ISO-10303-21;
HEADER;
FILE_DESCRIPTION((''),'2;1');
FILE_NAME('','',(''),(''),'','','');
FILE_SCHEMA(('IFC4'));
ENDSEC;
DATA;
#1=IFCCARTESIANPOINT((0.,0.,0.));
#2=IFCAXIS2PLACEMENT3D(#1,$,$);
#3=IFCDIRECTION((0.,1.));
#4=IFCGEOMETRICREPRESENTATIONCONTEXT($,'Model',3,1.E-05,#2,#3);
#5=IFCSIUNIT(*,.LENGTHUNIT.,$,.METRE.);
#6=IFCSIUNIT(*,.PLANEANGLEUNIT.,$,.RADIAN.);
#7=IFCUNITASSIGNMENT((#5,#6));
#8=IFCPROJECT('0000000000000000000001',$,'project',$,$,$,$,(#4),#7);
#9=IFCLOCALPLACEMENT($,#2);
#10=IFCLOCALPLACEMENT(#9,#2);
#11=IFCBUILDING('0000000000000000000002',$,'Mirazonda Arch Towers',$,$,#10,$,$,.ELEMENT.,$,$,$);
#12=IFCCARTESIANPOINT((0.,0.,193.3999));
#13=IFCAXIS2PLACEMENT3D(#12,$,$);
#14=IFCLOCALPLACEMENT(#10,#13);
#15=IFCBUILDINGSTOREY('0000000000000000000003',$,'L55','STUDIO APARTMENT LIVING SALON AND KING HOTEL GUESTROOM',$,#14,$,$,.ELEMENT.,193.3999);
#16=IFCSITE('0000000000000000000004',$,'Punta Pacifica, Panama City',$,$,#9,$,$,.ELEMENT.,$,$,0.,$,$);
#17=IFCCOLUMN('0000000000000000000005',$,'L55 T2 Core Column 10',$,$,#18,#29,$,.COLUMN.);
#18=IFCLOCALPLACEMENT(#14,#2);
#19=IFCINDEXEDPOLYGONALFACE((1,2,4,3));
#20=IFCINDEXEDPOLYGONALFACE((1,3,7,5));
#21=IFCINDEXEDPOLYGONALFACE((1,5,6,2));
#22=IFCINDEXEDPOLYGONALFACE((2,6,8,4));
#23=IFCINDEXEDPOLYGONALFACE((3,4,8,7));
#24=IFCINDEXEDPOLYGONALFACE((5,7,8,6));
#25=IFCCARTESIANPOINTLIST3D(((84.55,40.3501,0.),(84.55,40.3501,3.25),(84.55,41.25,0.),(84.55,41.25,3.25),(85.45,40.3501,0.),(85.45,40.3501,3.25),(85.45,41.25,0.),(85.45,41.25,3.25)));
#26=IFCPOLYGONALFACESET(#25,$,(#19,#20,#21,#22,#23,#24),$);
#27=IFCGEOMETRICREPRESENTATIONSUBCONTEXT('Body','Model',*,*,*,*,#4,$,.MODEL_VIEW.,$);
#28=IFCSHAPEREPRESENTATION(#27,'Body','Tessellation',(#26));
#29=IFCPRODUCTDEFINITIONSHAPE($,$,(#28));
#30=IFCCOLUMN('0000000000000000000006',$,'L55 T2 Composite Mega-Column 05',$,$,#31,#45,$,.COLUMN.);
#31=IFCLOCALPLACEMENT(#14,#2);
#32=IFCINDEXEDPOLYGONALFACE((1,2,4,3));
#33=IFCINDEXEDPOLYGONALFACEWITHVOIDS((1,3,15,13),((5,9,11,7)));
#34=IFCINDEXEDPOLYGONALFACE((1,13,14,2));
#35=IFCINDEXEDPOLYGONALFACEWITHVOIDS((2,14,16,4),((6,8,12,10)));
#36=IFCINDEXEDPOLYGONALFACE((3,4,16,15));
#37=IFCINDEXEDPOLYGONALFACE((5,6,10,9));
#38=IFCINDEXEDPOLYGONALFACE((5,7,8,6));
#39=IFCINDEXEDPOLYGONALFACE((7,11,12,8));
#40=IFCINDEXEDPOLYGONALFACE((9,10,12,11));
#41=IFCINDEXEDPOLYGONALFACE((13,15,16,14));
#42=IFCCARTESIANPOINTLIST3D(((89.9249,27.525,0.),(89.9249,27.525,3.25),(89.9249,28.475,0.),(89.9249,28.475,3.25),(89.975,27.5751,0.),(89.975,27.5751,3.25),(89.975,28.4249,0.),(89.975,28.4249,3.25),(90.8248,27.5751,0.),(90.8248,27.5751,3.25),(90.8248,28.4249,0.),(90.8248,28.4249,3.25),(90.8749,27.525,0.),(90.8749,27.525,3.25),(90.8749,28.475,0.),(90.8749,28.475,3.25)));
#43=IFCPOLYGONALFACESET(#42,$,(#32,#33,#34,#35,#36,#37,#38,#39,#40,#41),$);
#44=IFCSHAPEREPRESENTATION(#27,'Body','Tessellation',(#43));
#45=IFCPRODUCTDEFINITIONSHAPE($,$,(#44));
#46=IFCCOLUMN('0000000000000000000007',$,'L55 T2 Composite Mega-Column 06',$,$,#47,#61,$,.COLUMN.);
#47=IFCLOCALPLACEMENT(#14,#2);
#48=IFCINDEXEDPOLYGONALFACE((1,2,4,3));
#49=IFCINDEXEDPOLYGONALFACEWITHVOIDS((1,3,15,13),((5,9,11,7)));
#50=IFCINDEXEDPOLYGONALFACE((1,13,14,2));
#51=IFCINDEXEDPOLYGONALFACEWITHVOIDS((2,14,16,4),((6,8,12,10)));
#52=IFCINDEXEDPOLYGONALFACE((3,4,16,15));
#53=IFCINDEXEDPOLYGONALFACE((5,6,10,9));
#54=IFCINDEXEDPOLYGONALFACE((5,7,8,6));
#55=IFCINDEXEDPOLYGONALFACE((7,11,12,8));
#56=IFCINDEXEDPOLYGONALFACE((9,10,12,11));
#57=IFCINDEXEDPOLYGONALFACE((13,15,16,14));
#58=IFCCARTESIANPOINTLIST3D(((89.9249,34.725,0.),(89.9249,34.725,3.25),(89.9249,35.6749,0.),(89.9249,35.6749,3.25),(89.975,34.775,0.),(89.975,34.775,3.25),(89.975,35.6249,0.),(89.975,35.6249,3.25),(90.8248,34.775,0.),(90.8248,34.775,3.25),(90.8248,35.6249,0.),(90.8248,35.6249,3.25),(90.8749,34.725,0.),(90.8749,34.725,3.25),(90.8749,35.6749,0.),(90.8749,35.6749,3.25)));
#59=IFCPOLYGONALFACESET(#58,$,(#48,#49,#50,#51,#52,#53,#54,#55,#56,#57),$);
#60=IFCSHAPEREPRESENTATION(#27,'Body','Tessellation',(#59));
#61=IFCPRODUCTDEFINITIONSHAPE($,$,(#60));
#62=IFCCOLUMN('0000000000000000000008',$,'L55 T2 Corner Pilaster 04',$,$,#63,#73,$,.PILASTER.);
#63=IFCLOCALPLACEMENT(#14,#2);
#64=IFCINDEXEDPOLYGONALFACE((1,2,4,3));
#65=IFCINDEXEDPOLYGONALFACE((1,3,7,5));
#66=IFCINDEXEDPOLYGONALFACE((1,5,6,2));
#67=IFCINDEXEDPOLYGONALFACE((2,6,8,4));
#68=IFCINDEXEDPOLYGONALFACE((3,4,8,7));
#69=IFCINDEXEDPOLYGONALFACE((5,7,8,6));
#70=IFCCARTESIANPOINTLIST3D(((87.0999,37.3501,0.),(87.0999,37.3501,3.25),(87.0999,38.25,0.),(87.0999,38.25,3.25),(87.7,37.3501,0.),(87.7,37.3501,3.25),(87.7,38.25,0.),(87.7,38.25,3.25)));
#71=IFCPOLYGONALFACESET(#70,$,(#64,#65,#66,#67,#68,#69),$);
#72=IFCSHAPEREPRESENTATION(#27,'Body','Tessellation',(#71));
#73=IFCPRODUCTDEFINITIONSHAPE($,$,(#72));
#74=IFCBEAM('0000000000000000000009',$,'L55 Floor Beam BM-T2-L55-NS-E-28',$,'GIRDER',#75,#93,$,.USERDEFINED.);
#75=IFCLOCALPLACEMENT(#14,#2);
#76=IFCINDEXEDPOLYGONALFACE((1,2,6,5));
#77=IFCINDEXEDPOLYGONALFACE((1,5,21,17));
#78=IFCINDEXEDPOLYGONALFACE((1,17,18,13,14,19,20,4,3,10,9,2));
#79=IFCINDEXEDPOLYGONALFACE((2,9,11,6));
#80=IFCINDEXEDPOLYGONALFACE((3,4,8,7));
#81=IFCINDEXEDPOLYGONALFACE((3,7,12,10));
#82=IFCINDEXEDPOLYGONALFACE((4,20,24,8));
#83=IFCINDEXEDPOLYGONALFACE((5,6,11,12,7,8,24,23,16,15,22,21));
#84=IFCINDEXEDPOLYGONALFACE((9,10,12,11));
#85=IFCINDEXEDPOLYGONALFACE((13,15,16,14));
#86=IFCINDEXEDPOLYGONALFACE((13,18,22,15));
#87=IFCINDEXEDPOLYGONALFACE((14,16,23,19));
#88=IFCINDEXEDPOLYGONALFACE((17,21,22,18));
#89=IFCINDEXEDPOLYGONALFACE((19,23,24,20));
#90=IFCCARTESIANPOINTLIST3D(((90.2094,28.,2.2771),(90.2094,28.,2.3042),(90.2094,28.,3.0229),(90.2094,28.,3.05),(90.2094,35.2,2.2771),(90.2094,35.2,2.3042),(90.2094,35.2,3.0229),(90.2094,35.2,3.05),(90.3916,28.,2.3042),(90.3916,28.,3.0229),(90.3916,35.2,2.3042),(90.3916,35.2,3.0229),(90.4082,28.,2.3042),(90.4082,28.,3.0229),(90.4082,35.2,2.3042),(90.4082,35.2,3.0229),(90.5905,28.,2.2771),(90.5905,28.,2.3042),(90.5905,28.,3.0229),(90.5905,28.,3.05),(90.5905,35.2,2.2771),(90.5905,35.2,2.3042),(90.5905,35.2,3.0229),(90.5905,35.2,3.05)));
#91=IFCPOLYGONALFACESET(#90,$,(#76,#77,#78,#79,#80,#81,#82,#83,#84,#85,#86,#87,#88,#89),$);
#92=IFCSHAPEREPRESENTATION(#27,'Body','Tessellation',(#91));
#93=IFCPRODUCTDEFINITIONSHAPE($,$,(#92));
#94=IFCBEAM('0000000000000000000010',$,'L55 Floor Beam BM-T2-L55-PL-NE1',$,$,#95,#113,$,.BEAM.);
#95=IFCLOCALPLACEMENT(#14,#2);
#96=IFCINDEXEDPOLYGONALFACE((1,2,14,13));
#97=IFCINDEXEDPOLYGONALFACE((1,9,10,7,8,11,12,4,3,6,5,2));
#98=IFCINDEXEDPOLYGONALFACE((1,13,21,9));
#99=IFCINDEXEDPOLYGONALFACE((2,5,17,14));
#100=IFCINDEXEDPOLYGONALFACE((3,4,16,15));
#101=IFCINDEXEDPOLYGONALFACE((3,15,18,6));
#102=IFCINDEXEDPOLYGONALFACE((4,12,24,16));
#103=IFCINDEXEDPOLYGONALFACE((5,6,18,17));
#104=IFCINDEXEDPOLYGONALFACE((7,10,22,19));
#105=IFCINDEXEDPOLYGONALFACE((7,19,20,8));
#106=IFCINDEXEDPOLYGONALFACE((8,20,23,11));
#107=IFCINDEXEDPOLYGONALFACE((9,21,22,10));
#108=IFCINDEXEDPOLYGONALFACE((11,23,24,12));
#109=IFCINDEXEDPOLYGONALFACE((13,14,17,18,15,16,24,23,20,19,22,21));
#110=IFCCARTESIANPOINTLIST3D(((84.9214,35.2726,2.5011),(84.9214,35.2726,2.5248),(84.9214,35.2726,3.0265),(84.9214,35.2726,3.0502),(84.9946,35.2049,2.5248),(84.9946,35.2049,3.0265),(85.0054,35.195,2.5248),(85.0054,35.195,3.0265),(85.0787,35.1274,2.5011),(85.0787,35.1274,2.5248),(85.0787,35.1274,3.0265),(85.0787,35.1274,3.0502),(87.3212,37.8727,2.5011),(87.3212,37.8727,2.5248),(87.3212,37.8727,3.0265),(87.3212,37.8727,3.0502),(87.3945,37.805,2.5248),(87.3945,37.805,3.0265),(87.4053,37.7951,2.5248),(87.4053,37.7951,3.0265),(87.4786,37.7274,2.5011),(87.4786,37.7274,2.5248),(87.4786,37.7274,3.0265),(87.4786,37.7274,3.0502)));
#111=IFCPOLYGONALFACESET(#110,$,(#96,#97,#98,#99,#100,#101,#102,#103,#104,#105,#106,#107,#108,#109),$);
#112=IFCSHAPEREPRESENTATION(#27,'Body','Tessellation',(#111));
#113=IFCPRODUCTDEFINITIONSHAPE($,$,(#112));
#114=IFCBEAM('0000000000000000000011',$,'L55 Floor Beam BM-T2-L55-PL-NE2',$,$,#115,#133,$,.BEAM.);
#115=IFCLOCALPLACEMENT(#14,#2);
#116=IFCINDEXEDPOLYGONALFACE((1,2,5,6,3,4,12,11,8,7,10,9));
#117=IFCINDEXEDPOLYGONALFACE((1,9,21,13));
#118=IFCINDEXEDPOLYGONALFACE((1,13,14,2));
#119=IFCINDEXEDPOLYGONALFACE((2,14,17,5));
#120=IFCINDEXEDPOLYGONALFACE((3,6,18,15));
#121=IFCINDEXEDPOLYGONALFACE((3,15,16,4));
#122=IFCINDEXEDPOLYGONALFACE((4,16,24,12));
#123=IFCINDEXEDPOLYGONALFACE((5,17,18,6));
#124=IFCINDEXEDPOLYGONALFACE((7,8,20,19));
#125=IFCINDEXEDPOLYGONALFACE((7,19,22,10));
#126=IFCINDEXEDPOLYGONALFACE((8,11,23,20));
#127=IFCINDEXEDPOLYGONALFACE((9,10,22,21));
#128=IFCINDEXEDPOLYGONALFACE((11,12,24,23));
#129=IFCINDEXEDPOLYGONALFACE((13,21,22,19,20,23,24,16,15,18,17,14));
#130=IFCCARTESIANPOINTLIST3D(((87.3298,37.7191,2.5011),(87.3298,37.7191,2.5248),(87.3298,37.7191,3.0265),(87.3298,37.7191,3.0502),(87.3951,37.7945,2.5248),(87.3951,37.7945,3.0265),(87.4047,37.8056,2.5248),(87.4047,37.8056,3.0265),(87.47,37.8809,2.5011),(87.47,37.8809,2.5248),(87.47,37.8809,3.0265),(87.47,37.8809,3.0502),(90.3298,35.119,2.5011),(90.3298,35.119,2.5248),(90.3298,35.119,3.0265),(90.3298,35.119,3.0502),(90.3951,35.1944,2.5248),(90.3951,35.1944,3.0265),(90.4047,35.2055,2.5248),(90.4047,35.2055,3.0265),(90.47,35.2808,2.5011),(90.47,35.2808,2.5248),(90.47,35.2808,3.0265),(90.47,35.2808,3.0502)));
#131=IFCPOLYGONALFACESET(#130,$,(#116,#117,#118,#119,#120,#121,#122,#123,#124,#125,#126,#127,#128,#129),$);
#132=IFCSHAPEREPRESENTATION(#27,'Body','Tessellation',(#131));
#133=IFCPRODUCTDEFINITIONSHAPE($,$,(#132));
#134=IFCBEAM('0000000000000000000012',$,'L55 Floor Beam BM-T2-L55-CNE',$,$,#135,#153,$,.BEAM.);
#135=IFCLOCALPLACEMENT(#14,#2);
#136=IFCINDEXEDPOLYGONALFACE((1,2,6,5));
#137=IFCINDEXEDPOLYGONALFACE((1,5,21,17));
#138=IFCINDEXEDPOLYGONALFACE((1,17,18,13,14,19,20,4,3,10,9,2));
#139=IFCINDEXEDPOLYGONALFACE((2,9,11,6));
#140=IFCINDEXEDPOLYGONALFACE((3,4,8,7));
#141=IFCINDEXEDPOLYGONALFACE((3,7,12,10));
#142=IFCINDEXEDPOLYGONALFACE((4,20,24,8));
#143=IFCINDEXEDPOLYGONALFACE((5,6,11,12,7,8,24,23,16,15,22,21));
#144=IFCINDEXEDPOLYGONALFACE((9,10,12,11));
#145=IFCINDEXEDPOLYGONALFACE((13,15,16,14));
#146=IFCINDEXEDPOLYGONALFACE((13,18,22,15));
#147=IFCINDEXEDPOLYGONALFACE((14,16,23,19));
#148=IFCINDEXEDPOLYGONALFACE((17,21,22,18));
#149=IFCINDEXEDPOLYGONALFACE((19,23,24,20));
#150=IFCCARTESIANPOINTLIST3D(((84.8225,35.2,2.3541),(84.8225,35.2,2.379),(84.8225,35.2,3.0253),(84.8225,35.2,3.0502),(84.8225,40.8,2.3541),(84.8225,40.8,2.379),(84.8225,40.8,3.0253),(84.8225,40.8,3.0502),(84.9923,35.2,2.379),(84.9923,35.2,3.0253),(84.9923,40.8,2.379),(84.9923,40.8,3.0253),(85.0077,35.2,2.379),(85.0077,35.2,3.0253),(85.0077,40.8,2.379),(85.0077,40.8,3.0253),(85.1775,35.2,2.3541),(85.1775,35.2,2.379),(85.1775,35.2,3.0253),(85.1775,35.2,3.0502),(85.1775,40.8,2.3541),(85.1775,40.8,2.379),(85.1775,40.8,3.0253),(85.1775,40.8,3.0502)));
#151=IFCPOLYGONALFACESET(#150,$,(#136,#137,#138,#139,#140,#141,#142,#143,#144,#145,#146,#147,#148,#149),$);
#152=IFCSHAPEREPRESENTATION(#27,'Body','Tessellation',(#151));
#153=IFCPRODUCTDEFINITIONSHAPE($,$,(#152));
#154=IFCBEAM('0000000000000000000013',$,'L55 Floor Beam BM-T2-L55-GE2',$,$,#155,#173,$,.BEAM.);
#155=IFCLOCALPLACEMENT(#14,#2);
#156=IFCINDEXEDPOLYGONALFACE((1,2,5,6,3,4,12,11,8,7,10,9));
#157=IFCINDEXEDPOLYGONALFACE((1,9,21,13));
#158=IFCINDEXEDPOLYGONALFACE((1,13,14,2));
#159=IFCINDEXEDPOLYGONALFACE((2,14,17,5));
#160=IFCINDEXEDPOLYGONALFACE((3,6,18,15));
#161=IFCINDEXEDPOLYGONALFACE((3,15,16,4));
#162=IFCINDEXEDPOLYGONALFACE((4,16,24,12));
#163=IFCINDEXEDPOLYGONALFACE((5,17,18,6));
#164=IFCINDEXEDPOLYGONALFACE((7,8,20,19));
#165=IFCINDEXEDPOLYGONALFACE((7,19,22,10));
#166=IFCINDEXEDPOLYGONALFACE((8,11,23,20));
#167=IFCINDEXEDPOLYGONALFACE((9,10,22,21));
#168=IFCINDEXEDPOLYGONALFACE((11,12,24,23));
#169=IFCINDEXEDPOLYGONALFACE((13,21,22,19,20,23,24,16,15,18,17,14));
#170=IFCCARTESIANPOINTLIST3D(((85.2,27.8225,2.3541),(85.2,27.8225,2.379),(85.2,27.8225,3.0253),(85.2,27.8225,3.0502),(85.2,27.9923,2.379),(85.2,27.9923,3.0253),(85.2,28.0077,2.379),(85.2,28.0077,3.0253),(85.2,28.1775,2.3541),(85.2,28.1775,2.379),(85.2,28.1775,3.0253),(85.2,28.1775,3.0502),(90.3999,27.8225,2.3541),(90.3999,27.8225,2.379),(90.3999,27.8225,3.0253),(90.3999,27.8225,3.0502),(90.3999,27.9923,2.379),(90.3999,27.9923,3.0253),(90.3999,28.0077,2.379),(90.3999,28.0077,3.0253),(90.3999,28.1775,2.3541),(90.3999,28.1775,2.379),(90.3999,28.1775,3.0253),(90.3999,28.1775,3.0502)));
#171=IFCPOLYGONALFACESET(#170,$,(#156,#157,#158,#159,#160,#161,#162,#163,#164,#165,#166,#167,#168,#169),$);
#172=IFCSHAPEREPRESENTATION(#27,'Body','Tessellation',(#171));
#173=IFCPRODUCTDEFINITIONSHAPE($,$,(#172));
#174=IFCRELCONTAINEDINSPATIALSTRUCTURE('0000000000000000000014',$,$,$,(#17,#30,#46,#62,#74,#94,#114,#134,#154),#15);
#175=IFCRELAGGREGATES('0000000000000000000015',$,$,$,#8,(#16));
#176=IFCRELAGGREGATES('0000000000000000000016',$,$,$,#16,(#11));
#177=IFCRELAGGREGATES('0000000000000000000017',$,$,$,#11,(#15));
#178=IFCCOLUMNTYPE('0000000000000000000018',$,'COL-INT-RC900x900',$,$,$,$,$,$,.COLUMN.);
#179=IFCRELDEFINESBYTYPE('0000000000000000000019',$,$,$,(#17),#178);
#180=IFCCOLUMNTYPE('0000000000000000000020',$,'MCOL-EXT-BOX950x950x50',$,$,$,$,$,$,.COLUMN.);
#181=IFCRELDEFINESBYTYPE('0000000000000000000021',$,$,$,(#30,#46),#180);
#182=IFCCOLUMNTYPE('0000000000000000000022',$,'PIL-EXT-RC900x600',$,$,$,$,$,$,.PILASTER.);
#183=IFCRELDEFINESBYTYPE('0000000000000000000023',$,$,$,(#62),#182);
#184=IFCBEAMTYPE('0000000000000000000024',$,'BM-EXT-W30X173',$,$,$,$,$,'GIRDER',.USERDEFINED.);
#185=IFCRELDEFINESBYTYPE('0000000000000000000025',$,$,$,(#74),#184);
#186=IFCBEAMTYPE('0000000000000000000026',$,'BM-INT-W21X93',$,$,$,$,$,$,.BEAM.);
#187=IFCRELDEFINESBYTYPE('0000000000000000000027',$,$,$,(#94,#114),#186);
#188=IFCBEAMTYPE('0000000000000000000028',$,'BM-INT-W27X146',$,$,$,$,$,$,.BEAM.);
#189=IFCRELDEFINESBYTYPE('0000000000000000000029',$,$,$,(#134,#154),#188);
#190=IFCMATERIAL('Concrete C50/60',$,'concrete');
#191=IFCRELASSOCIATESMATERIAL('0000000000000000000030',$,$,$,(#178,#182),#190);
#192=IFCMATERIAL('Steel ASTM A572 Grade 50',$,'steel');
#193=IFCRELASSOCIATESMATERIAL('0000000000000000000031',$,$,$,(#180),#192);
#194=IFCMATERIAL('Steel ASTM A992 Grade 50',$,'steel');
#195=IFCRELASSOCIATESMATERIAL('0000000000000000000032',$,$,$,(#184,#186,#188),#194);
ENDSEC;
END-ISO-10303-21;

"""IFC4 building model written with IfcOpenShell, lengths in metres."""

from ifc_helpers import new_model, si_unit, direction, frame, origin, origin_2d, place, context, subcontext, project, spatial, rectangle, hollow_rectangle, i_section, extrude, material, material_profile, profile_set, type_object, element, save


model = new_model("IFC4")

# Units and contexts
model_context = context("Model", 3, precision=1e-05, world=origin(), true_north=direction((0.0, 1.0)))
body_context = subcontext(model_context, "Body", "Model", "MODEL_VIEW")
ifc_project = project(units=[si_unit("LENGTHUNIT", "METRE"), si_unit("PLANEANGLEUNIT", "RADIAN")], contexts=[model_context])

# Site, building, storey
site_placement = place(None, origin())
site = spatial("IfcSite", under=ifc_project, at=site_placement, Name="Punta Pacifica, Panama City", CompositionType="ELEMENT", RefElevation=0.0)
building_placement = place(site_placement, origin())
building = spatial("IfcBuilding", under=site, at=building_placement, Name="Mirazonda Arch Towers", CompositionType="ELEMENT")
storey_placement = place(building_placement, frame((0.0, 0.0, 193.3999)))
storey = spatial("IfcBuildingStorey", under=building, at=storey_placement, Name="L55", Description="STUDIO APARTMENT LIVING SALON AND KING HOTEL GUESTROOM", CompositionType="ELEMENT", Elevation=193.3999)

# Columns
ifc_material_1 = material(Name="Concrete C50/60", Category="concrete")
ifc_material_profile_1 = material_profile(ifc_material_1, rectangle(XDim=0.8999, YDim=0.8999, at=origin_2d()), Name="RC900x900")
ifc_profile_set_1 = profile_set([ifc_material_profile_1], Name="Concrete C50/60")
column_type_1 = type_object("IfcColumnType", Name="COL-INT-RC900x900", PredefinedType="COLUMN", material=ifc_profile_set_1)
column_1_placement = place(storey_placement, frame((85.0, 40.8, 0.0), z_axis=(0.0, 0.0, 1.0), x_axis=(1.0, 0.0, 0.0)))
element("IfcColumn", 1, at=column_1_placement, inside=storey, type_object=column_type_1, Name="L55 T2 Core Column 10", PredefinedType="COLUMN", context=body_context, shape_type="SweptSolid", body=[
    extrude(rectangle(XDim=0.8999, YDim=0.8999, at=origin_2d()), origin(), (0.0, 0.0, 1.0), 3.25),
])
ifc_material_2 = material(Name="Steel ASTM A572 Grade 50", Category="steel")
ifc_material_profile_2 = material_profile(ifc_material_2, hollow_rectangle(XDim=0.95, YDim=0.95, WallThickness=0.05, at=origin_2d()), Name="BOX950x950x50")
ifc_profile_set_2 = profile_set([ifc_material_profile_2], Name="Steel ASTM A572 Grade 50")
column_type_2 = type_object("IfcColumnType", Name="MCOL-EXT-BOX950x950x50", PredefinedType="COLUMN", material=ifc_profile_set_2)
for number, where, z_axis, x_axis, name in (
    (2, (90.3999, 28.0, 0.0), (0.0, 0.0, 1.0), (1.0, 0.0, 0.0), "L55 T2 Composite Mega-Column 05"),
    (3, (90.3999, 35.2, 0.0), (0.0, 0.0, 1.0), (1.0, 0.0, 0.0), "L55 T2 Composite Mega-Column 06"),
):
    element("IfcColumn", number, at=place(storey_placement, frame(where, z_axis=z_axis, x_axis=x_axis)), inside=storey, type_object=column_type_2, Name=name, PredefinedType="COLUMN", context=body_context, shape_type="SweptSolid", body=[
        extrude(hollow_rectangle(XDim=0.95, YDim=0.95, WallThickness=0.05, at=origin_2d()), origin(), (0.0, 0.0, 1.0), 3.25),
    ])
ifc_material_profile_3 = material_profile(ifc_material_1, rectangle(XDim=0.6001, YDim=0.8999, at=origin_2d()), Name="RC900x600")
ifc_profile_set_3 = profile_set([ifc_material_profile_3], Name="Concrete C50/60")
column_type_3 = type_object("IfcColumnType", Name="PIL-EXT-RC900x600", PredefinedType="PILASTER", material=ifc_profile_set_3)
column_2_placement = place(storey_placement, frame((87.3999, 37.8, 0.0), z_axis=(0.0, 0.0, 1.0), x_axis=(1.0, 0.0, 0.0)))
element("IfcColumn", 4, at=column_2_placement, inside=storey, type_object=column_type_3, Name="L55 T2 Corner Pilaster 04", PredefinedType="PILASTER", context=body_context, shape_type="SweptSolid", body=[
    extrude(rectangle(XDim=0.6001, YDim=0.8999, at=origin_2d()), origin(), (0.0, 0.0, 1.0), 3.25),
])

# Beams
ifc_material_3 = material(Name="Steel ASTM A992 Grade 50", Category="steel")
ifc_material_profile_4 = material_profile(ifc_material_3, i_section(OverallWidth=0.3811, OverallDepth=0.7729, WebThickness=0.0166, FlangeThickness=0.0271, at=origin_2d()), Name="W30X173")
ifc_profile_set_4 = profile_set([ifc_material_profile_4], Name="Steel ASTM A992 Grade 50")
beam_type_1 = type_object("IfcBeamType", Name="BM-EXT-W30X173", ElementType="GIRDER", PredefinedType="USERDEFINED", material=ifc_profile_set_4)
beam_1_placement = place(storey_placement, frame((90.3999, 28.0, 2.6636), z_axis=(0.0, 1.0, 0.0), x_axis=(-1.0, 0.0, 0.0)))
element("IfcBeam", 5, at=beam_1_placement, inside=storey, type_object=beam_type_1, Name="L55 Floor Beam BM-T2-L55-NS-E-28", ObjectType="GIRDER", PredefinedType="USERDEFINED", context=body_context, shape_type="SweptSolid", body=[
    extrude(i_section(OverallWidth=0.3811, OverallDepth=0.7729, WebThickness=0.0166, FlangeThickness=0.0271, at=origin_2d()), origin(), (0.0, 0.0, 1.0), 7.2),
])
ifc_material_profile_5 = material_profile(ifc_material_3, i_section(OverallWidth=0.2141, OverallDepth=0.5491, WebThickness=0.0146, FlangeThickness=0.0237, at=origin_2d()), Name="W21X93")
ifc_profile_set_5 = profile_set([ifc_material_profile_5], Name="Steel ASTM A992 Grade 50")
beam_type_2 = type_object("IfcBeamType", Name="BM-INT-W21X93", PredefinedType="BEAM", material=ifc_profile_set_5)
beam_2_placement = place(storey_placement, frame((87.3999, 37.8, 2.7756), z_axis=(-0.678251, -0.73483, 0.0), x_axis=(0.73483, -0.678251, 0.0)))
element("IfcBeam", 6, at=beam_2_placement, inside=storey, type_object=beam_type_2, Name="L55 Floor Beam BM-T2-L55-PL-NE1", PredefinedType="BEAM", context=body_context, shape_type="SweptSolid", body=[
    extrude(i_section(OverallWidth=0.2141, OverallDepth=0.5491, WebThickness=0.0146, FlangeThickness=0.0237, at=origin_2d()), origin(), (0.0, 0.0, 1.0), 3.5383),
])
beam_3_placement = place(storey_placement, frame((87.3999, 37.8, 2.7756), z_axis=(0.755677, -0.654945, 0.0), x_axis=(0.654945, 0.755677, 0.0)))
element("IfcBeam", 7, at=beam_3_placement, inside=storey, type_object=beam_type_2, Name="L55 Floor Beam BM-T2-L55-PL-NE2", PredefinedType="BEAM", context=body_context, shape_type="SweptSolid", body=[
    extrude(i_section(OverallWidth=0.2141, OverallDepth=0.5491, WebThickness=0.0146, FlangeThickness=0.0237, at=origin_2d()), origin(), (0.0, 0.0, 1.0), 3.97),
])
ifc_material_profile_6 = material_profile(ifc_material_3, i_section(OverallWidth=0.355, OverallDepth=0.696, WebThickness=0.0154, FlangeThickness=0.0249, at=origin_2d()), Name="W27X146")
ifc_profile_set_6 = profile_set([ifc_material_profile_6], Name="Steel ASTM A992 Grade 50")
beam_type_3 = type_object("IfcBeamType", Name="BM-INT-W27X146", PredefinedType="BEAM", material=ifc_profile_set_6)
beam_4_placement = place(storey_placement, frame((85.0, 35.2, 2.7021), z_axis=(0.0, 1.0, 0.0), x_axis=(-1.0, 0.0, 0.0)))
element("IfcBeam", 8, at=beam_4_placement, inside=storey, type_object=beam_type_3, Name="L55 Floor Beam BM-T2-L55-CNE", PredefinedType="BEAM", context=body_context, shape_type="SweptSolid", body=[
    extrude(i_section(OverallWidth=0.355, OverallDepth=0.696, WebThickness=0.0154, FlangeThickness=0.0249, at=origin_2d()), origin(), (0.0, 0.0, 1.0), 5.6001),
])
beam_5_placement = place(storey_placement, frame((85.2, 28.0, 2.7021), z_axis=(1.0, 0.0, 0.0), x_axis=(0.0, 1.0, 0.0)))
element("IfcBeam", 9, at=beam_5_placement, inside=storey, type_object=beam_type_3, Name="L55 Floor Beam BM-T2-L55-GE2", PredefinedType="BEAM", context=body_context, shape_type="SweptSolid", body=[
    extrude(i_section(OverallWidth=0.355, OverallDepth=0.696, WebThickness=0.0154, FlangeThickness=0.0249, at=origin_2d()), origin(), (0.0, 0.0, 1.0), 5.2),
])

save(model, "model.ifc")
